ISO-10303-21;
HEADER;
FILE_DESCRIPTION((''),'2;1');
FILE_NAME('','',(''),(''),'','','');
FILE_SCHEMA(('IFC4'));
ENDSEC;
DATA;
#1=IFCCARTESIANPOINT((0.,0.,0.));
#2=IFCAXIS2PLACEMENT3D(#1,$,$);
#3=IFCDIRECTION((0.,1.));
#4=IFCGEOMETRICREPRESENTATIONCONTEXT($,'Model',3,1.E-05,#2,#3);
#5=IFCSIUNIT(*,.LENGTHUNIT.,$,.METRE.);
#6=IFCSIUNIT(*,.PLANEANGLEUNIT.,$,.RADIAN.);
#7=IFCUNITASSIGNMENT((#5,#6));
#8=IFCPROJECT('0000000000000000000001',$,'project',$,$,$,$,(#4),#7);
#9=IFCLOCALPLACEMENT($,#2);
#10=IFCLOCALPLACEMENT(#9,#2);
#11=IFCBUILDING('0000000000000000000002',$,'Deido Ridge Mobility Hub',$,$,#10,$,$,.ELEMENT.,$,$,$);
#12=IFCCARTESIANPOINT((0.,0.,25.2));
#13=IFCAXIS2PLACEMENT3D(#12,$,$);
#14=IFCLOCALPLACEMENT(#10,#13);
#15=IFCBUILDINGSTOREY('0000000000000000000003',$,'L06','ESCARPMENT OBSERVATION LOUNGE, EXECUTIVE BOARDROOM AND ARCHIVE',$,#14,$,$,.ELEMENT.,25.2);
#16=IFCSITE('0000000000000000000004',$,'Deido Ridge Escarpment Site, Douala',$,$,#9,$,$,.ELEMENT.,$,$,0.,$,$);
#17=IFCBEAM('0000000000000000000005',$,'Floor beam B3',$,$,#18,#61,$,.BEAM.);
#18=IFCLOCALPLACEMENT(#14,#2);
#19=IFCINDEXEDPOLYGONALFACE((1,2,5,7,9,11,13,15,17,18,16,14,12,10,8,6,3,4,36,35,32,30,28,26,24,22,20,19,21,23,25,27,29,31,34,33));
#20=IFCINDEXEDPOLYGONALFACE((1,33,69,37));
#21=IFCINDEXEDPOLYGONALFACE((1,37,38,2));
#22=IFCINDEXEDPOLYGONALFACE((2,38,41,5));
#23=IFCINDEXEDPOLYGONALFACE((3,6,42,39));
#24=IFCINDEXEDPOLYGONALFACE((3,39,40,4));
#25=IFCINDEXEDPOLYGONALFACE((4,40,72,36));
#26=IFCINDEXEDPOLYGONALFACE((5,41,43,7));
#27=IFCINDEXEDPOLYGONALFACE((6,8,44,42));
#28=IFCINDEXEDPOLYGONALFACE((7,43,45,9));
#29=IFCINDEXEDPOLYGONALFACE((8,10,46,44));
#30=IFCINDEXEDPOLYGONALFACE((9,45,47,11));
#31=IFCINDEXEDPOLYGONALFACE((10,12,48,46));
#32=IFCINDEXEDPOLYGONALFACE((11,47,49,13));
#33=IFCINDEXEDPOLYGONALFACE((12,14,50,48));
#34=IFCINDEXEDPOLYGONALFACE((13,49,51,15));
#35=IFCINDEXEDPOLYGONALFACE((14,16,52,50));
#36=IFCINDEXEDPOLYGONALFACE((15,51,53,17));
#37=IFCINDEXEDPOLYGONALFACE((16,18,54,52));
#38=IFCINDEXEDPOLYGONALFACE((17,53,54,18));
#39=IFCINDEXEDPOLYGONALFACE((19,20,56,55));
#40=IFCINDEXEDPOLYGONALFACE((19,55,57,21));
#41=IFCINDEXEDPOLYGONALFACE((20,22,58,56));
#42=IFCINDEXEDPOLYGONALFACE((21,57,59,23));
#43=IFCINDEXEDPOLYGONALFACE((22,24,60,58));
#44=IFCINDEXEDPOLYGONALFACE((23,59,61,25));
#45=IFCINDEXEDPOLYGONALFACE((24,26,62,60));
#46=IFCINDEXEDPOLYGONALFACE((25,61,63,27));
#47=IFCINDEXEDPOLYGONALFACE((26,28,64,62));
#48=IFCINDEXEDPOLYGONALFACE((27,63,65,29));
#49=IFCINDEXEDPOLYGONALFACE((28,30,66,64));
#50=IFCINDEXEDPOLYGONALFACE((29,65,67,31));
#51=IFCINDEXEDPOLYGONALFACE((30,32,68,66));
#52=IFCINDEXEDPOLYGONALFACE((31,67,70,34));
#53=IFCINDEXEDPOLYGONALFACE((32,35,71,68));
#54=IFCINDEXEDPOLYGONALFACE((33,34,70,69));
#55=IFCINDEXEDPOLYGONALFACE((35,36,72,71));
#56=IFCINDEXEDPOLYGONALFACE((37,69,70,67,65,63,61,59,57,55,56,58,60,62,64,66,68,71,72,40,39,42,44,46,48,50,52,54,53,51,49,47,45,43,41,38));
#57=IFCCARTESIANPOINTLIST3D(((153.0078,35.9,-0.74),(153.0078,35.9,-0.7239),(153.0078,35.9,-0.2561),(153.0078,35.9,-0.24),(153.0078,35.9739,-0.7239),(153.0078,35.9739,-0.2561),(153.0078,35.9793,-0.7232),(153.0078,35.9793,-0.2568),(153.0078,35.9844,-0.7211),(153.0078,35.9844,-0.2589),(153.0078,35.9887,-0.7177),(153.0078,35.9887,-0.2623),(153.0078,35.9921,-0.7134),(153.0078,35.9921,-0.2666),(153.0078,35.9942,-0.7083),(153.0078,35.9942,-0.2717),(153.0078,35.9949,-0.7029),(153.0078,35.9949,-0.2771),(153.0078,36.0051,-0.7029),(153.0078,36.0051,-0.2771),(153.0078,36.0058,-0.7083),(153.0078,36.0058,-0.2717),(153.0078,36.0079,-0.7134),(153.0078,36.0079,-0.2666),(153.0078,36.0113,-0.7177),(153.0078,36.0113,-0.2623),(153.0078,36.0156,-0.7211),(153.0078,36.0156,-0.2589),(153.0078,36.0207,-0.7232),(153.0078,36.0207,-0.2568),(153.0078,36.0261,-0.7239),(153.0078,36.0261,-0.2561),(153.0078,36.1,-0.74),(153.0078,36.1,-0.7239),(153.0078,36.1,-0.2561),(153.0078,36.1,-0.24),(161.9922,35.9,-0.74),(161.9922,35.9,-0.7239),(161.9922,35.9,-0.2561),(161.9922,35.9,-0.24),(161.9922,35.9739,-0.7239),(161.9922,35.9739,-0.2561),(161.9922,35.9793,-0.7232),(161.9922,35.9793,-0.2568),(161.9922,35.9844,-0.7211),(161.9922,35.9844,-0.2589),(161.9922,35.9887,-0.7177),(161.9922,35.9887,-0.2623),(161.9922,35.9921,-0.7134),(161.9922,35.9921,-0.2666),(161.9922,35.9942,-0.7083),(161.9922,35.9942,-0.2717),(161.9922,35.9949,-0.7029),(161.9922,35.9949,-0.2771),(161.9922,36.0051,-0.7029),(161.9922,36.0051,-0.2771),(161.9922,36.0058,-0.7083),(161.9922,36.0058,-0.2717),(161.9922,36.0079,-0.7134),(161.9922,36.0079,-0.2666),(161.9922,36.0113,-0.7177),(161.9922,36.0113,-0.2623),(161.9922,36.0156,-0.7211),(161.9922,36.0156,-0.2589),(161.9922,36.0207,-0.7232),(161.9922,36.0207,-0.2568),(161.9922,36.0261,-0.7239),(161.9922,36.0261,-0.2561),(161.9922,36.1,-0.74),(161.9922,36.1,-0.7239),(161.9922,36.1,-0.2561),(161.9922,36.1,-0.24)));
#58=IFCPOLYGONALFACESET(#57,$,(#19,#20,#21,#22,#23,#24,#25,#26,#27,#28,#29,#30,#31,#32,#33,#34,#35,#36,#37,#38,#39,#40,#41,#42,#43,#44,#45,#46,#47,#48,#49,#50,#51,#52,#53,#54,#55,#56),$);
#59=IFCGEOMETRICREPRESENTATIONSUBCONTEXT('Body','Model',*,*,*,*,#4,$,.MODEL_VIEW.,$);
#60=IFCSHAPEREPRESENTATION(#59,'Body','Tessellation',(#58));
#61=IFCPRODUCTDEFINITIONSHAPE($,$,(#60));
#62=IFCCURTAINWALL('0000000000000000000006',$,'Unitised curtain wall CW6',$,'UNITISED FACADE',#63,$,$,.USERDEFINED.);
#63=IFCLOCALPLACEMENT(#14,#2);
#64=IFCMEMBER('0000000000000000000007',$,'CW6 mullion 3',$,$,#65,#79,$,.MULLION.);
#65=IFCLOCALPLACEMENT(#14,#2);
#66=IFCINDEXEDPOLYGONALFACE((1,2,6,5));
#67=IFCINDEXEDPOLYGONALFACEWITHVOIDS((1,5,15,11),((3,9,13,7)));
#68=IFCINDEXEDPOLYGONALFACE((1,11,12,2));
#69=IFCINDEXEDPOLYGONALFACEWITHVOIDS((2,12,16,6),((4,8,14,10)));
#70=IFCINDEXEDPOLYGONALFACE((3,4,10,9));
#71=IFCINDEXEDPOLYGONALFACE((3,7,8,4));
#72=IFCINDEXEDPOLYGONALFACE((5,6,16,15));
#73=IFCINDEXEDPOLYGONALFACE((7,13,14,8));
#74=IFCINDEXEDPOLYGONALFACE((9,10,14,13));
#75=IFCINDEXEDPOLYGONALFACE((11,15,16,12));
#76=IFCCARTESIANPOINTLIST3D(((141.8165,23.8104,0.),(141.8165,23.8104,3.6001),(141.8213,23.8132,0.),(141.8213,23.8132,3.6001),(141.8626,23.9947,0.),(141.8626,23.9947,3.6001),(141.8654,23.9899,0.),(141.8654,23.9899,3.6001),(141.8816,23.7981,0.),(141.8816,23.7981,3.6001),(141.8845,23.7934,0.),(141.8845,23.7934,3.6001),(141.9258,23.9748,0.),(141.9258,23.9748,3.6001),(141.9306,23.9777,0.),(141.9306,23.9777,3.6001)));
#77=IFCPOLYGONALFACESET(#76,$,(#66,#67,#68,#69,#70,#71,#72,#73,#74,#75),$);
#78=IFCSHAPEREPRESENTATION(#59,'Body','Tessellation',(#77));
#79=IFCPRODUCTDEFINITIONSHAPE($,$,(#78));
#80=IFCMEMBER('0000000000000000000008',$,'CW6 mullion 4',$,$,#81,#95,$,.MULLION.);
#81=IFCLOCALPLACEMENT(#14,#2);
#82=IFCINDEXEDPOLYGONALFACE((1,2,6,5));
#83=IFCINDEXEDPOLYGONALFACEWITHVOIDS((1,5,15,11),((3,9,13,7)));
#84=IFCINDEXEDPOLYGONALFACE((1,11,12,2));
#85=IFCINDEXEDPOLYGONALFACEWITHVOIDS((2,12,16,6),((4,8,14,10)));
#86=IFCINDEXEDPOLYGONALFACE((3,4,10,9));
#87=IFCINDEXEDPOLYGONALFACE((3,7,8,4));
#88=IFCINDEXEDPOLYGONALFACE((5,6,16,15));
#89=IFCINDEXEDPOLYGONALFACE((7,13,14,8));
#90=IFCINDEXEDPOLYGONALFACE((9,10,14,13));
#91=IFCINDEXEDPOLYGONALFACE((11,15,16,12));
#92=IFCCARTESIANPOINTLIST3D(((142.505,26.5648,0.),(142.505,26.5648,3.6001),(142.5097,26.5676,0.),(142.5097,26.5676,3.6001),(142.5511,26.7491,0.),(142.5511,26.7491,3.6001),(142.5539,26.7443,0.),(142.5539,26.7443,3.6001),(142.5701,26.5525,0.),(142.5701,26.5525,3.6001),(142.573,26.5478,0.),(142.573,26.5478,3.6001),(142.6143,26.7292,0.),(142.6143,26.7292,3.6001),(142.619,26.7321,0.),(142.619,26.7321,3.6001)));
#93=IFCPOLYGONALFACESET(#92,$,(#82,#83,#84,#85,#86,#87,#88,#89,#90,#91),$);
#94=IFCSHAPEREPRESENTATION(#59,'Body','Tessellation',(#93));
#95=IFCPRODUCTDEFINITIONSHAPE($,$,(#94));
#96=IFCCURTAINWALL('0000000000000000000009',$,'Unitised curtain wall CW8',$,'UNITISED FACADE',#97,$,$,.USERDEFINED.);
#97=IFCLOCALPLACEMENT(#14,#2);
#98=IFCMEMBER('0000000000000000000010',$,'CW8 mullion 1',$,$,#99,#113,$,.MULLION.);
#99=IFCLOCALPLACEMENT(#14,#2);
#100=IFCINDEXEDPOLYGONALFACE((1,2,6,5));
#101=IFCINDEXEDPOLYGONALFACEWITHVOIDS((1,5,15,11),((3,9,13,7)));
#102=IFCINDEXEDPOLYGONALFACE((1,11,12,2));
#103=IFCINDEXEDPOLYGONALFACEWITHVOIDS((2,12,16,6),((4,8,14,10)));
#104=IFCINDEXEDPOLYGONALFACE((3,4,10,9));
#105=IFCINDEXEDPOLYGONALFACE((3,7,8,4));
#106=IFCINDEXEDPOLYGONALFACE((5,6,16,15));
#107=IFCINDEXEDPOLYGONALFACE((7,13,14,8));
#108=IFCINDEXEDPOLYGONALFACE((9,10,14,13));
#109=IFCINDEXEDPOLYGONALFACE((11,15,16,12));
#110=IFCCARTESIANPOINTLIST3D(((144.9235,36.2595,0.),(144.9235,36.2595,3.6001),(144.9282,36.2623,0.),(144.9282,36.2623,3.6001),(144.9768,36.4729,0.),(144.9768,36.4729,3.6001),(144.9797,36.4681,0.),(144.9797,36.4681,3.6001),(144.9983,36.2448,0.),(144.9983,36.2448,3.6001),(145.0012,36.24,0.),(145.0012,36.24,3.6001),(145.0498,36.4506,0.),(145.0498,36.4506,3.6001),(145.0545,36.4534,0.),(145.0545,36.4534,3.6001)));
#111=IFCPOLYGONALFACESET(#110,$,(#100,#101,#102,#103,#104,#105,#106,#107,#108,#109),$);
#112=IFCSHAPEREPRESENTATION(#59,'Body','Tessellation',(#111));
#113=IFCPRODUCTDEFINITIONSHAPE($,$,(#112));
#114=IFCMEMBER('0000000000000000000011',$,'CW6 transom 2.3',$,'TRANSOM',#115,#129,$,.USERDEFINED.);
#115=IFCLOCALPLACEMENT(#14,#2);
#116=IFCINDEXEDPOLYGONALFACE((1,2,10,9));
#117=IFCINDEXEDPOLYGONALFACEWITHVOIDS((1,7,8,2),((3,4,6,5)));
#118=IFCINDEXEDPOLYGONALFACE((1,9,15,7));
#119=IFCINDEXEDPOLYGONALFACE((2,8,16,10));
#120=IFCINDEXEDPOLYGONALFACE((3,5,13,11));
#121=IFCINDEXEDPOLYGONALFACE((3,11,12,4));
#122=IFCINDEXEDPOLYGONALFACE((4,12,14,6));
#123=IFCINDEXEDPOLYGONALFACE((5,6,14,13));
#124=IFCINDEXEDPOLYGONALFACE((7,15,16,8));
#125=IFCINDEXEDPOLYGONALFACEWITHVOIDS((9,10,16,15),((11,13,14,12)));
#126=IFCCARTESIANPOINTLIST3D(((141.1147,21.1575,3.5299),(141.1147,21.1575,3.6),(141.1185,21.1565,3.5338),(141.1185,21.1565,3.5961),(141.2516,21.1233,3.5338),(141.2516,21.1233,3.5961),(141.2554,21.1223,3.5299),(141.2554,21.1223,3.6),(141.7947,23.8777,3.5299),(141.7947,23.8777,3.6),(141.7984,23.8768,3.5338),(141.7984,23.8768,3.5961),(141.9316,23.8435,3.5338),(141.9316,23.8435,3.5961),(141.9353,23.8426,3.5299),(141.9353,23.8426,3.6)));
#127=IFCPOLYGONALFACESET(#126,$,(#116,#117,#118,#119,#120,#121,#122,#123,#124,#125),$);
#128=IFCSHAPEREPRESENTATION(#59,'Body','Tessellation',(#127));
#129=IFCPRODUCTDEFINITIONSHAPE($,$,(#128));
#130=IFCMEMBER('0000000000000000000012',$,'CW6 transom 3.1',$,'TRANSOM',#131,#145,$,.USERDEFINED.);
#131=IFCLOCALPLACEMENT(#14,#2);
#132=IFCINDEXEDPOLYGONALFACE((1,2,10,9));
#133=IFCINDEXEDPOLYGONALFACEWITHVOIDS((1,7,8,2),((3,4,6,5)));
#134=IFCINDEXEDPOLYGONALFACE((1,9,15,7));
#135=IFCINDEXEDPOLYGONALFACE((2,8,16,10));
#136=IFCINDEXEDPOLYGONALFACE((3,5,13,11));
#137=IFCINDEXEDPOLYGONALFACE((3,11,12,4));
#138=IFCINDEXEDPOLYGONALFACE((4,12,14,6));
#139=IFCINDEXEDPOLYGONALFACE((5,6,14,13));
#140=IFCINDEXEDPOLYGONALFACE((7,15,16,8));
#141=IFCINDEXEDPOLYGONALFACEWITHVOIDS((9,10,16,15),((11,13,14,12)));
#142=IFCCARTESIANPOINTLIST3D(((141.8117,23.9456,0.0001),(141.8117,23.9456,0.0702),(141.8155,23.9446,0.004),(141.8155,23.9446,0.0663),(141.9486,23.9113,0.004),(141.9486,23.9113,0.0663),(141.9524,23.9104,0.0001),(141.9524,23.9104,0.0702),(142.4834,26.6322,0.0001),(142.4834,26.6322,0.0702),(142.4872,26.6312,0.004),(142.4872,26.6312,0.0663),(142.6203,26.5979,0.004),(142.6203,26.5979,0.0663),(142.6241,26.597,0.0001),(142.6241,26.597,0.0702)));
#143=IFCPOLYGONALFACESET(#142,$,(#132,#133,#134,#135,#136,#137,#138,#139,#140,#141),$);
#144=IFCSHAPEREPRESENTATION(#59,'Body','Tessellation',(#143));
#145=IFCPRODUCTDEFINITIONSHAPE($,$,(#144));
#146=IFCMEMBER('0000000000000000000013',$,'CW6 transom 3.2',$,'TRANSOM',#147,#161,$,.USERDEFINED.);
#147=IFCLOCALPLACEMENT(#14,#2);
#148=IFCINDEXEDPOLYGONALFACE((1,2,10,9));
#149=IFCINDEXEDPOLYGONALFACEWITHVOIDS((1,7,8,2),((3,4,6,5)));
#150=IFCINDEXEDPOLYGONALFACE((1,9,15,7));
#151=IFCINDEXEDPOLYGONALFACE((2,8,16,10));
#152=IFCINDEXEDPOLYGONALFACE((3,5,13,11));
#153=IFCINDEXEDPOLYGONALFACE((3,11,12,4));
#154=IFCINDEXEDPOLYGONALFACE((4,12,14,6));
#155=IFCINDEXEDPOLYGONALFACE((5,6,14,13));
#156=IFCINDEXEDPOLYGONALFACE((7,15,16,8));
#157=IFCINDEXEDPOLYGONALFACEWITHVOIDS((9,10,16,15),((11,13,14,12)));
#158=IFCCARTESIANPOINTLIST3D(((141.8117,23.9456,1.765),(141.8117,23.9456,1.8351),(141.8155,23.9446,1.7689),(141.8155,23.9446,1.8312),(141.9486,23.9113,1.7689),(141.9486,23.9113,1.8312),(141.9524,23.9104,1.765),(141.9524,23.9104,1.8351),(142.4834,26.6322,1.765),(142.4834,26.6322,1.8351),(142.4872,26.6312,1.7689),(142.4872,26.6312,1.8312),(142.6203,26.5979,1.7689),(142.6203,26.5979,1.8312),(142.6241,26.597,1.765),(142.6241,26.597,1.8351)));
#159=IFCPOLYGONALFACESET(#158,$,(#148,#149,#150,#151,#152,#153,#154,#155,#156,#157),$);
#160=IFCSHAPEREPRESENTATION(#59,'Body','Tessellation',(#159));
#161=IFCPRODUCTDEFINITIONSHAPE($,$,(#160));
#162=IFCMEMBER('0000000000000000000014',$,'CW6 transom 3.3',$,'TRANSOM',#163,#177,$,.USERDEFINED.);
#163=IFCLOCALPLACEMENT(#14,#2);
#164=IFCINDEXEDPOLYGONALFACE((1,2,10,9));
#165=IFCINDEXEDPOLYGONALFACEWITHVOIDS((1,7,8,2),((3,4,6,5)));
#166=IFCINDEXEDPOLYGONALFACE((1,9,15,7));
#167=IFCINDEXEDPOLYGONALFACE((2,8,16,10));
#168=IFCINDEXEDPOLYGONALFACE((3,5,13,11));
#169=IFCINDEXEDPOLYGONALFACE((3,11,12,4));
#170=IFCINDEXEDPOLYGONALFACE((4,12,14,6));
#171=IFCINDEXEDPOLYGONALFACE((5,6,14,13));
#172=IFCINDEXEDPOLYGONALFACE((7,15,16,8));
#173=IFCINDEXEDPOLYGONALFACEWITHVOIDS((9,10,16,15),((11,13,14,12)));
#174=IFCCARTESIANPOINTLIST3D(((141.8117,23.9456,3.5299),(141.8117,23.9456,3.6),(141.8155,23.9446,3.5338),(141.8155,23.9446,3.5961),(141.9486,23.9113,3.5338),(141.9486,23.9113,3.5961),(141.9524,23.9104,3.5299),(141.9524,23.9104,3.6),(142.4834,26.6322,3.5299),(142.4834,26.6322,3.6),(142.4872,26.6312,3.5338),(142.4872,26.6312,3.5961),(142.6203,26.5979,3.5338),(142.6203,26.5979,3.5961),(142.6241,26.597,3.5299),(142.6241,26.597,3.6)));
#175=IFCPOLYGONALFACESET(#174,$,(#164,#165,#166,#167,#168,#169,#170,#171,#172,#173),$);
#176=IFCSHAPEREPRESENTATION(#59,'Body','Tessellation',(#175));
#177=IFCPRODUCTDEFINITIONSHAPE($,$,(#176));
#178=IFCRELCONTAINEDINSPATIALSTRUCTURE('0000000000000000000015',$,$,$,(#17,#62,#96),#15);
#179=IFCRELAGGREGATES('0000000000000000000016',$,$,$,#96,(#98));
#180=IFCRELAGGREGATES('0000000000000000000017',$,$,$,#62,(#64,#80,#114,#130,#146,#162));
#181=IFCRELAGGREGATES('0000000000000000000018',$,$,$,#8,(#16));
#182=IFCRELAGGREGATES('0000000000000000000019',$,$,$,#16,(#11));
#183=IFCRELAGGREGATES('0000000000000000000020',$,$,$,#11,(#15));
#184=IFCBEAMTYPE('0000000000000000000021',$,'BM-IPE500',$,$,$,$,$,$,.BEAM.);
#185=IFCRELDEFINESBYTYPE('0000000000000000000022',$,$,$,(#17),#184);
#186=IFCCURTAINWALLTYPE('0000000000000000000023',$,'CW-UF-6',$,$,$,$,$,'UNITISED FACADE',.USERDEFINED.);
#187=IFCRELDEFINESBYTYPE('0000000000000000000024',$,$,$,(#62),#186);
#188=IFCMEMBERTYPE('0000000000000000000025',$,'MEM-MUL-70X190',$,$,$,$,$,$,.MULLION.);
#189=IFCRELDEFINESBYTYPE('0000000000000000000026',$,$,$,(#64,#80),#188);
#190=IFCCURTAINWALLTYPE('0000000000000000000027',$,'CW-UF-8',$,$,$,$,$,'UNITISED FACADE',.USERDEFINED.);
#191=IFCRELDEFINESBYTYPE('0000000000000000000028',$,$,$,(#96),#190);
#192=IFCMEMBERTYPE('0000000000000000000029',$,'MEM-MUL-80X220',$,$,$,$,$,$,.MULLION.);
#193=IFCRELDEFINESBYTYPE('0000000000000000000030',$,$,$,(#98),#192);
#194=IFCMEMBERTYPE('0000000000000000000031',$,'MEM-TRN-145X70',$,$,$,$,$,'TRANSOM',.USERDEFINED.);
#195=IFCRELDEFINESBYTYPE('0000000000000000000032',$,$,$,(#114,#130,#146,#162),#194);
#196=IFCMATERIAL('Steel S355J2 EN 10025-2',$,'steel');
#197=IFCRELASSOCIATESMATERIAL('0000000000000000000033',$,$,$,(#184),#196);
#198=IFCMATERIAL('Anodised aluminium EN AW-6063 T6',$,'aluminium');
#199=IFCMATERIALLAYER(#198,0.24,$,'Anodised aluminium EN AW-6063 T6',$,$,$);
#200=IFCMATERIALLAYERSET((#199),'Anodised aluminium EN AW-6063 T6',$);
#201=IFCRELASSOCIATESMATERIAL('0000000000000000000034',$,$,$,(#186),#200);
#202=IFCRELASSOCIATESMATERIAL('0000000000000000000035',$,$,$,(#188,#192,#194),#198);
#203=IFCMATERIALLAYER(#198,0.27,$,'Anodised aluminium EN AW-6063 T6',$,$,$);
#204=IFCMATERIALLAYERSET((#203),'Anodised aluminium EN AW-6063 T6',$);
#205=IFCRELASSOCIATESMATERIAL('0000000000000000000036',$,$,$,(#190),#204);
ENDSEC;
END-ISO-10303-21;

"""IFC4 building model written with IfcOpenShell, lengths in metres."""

from ifc_helpers import new_model, si_unit, direction, frame, origin, origin_2d, place, context, subcontext, project, spatial, hollow_rectangle, i_section, extrude, material, layer, layer_set, material_profile, profile_set, type_object, element, aggregate, save


model = new_model("IFC4")

# Units and contexts
model_context = context("Model", 3, precision=1e-05, world=origin(), true_north=direction((0.0, 1.0)))
body_context = subcontext(model_context, "Body", "Model", "MODEL_VIEW")
ifc_project = project(units=[si_unit("LENGTHUNIT", "METRE"), si_unit("PLANEANGLEUNIT", "RADIAN")], contexts=[model_context])

# Site, building, storey
site_placement = place(None, origin())
site = spatial("IfcSite", under=ifc_project, at=site_placement, Name="Deido Ridge Escarpment Site, Douala", CompositionType="ELEMENT", RefElevation=0.0)
building_placement = place(site_placement, origin())
building = spatial("IfcBuilding", under=site, at=building_placement, Name="Deido Ridge Mobility Hub", CompositionType="ELEMENT")
storey_placement = place(building_placement, frame((0.0, 0.0, 25.2)))
storey = spatial("IfcBuildingStorey", under=building, at=storey_placement, Name="L06", Description="ESCARPMENT OBSERVATION LOUNGE, EXECUTIVE BOARDROOM AND ARCHIVE", CompositionType="ELEMENT", Elevation=25.2)

# Shared definitions
ifc_material_1 = material(Name="Steel S355J2 EN 10025-2", Category="steel")

# Beam
ifc_material_profile_1 = material_profile(ifc_material_1, i_section(OverallWidth=0.2, OverallDepth=0.5, WebThickness=0.0103, FlangeThickness=0.0161, FilletRadius=0.021, at=origin_2d()), Name="IPE 500")
ifc_profile_set_1 = profile_set([ifc_material_profile_1], Name="Steel S355J2 EN 10025-2")
beam_type_1 = type_object("IfcBeamType", Name="BM-IPE500", PredefinedType="BEAM", material=ifc_profile_set_1)
beam_1_placement = place(storey_placement, frame((153.0078, 36.0, -0.49), z_axis=(1.0, 0.0, 0.0), x_axis=(0.0, 1.0, 0.0)))
element("IfcBeam", 1, at=beam_1_placement, inside=storey, type_object=beam_type_1, Name="Floor beam B3", PredefinedType="BEAM", context=body_context, shape_type="SweptSolid", body=[
    extrude(i_section(OverallWidth=0.2, OverallDepth=0.5, WebThickness=0.0103, FlangeThickness=0.0161, FilletRadius=0.021, at=origin_2d()), origin(), (0.0, 0.0, 1.0), 8.9844),
])

# Curtain wall, members
ifc_material_2 = material(Name="Anodised aluminium EN AW-6063 T6", Category="aluminium")
ifc_layer_1 = layer(ifc_material_2, 0.24, Name="Anodised aluminium EN AW-6063 T6")
ifc_layer_set_1 = layer_set([ifc_layer_1], Name="Anodised aluminium EN AW-6063 T6")
curtain_wall_type_1 = type_object("IfcCurtainWallType", Name="CW-UF-6", ElementType="UNITISED FACADE", PredefinedType="USERDEFINED", material=ifc_layer_set_1)
curtain_wall_1_placement = place(storey_placement, origin())
curtain_wall_1 = element("IfcCurtainWall", 2, at=curtain_wall_1_placement, inside=storey, type_object=curtain_wall_type_1, Name="Unitised curtain wall CW6", ObjectType="UNITISED FACADE", PredefinedType="USERDEFINED")
ifc_material_profile_2 = material_profile(ifc_material_2, hollow_rectangle(XDim=0.0701, YDim=0.1899, WallThickness=0.0039, at=origin_2d()), Name="RHS 70x190x4")
ifc_profile_set_2 = profile_set([ifc_material_profile_2], Name="Anodised aluminium EN AW-6063 T6")
member_type_1 = type_object("IfcMemberType", Name="MEM-MUL-70X190", PredefinedType="MULLION", material=ifc_profile_set_2)
member_1_placement = place(storey_placement, frame((141.8735, 23.894, 0.0), z_axis=(0.0, 0.0, 1.0), x_axis=(-0.970143, 0.242536, 0.0)))
member_1 = element("IfcMember", 3, at=member_1_placement, type_object=member_type_1, Name="CW6 mullion 3", PredefinedType="MULLION", context=body_context, shape_type="SweptSolid", body=[
    extrude(hollow_rectangle(XDim=0.0701, YDim=0.1899, WallThickness=0.0039, at=origin_2d()), origin(), (0.0, 0.0, 1.0), 3.6001),
])
member_2_placement = place(storey_placement, frame((142.562, 26.6484, 0.0), z_axis=(0.0, 0.0, 1.0), x_axis=(-0.970143, 0.242536, 0.0)))
member_2 = element("IfcMember", 4, at=member_2_placement, type_object=member_type_1, Name="CW6 mullion 4", PredefinedType="MULLION", context=body_context, shape_type="SweptSolid", body=[
    extrude(hollow_rectangle(XDim=0.0701, YDim=0.1899, WallThickness=0.0039, at=origin_2d()), origin(), (0.0, 0.0, 1.0), 3.6001),
])

# Curtain wall, member
ifc_layer_2 = layer(ifc_material_2, 0.27, Name="Anodised aluminium EN AW-6063 T6")
ifc_layer_set_2 = layer_set([ifc_layer_2], Name="Anodised aluminium EN AW-6063 T6")
curtain_wall_type_2 = type_object("IfcCurtainWallType", Name="CW-UF-8", ElementType="UNITISED FACADE", PredefinedType="USERDEFINED", material=ifc_layer_set_2)
curtain_wall_2_placement = place(storey_placement, origin())
curtain_wall_2 = element("IfcCurtainWall", 5, at=curtain_wall_2_placement, inside=storey, type_object=curtain_wall_type_2, Name="Unitised curtain wall CW8", ObjectType="UNITISED FACADE", PredefinedType="USERDEFINED")
ifc_material_profile_3 = material_profile(ifc_material_2, hollow_rectangle(XDim=0.0801, YDim=0.22, WallThickness=0.0039, at=origin_2d()), Name="RHS 80x220x4")
ifc_profile_set_3 = profile_set([ifc_material_profile_3], Name="Anodised aluminium EN AW-6063 T6")
member_type_2 = type_object("IfcMemberType", Name="MEM-MUL-80X220", PredefinedType="MULLION", material=ifc_profile_set_3)
member_3_placement = place(storey_placement, frame((144.989, 36.3564, 0.0), z_axis=(0.0, 0.0, 1.0), x_axis=(-0.970143, 0.242536, 0.0)))
member_3 = element("IfcMember", 6, at=member_3_placement, type_object=member_type_2, Name="CW8 mullion 1", PredefinedType="MULLION", context=body_context, shape_type="SweptSolid", body=[
    extrude(hollow_rectangle(XDim=0.0801, YDim=0.22, WallThickness=0.0039, at=origin_2d()), origin(), (0.0, 0.0, 1.0), 3.6001),
])

# Members
ifc_material_profile_4 = material_profile(ifc_material_2, hollow_rectangle(XDim=0.145, YDim=0.0701, WallThickness=0.0039, at=origin_2d()), Name="RHS 145x70x4")
ifc_profile_set_4 = profile_set([ifc_material_profile_4], Name="Anodised aluminium EN AW-6063 T6")
member_type_3 = type_object("IfcMemberType", Name="MEM-TRN-145X70", ElementType="TRANSOM", PredefinedType="USERDEFINED", material=ifc_profile_set_4)
member_4_placement = place(storey_placement, frame((141.1851, 21.1399, 3.5649), z_axis=(0.242495, 0.970153, 0.0), x_axis=(-0.970153, 0.242495, 0.0)))
member_4 = element("IfcMember", 7, at=member_4_placement, type_object=member_type_3, Name="CW6 transom 2.3", ObjectType="TRANSOM", PredefinedType="USERDEFINED", context=body_context, shape_type="SweptSolid", body=[
    extrude(hollow_rectangle(XDim=0.145, YDim=0.0701, WallThickness=0.0039, at=origin_2d()), origin(), (0.0, 0.0, 1.0), 2.804),
])
member_5_placement = place(storey_placement, frame((141.8821, 23.928, 0.0352), z_axis=(0.242536, 0.970143, 0.0), x_axis=(-0.970143, 0.242536, 0.0)))
member_5 = element("IfcMember", 8, at=member_5_placement, type_object=member_type_3, Name="CW6 transom 3.1", ObjectType="TRANSOM", PredefinedType="USERDEFINED", context=body_context, shape_type="SweptSolid", body=[
    extrude(hollow_rectangle(XDim=0.145, YDim=0.0701, WallThickness=0.0039, at=origin_2d()), origin(), (0.0, 0.0, 1.0), 2.7693),
])
member_6_placement = place(storey_placement, frame((141.8821, 23.928, 1.8), z_axis=(0.242536, 0.970143, 0.0), x_axis=(-0.970143, 0.242536, 0.0)))
member_6 = element("IfcMember", 9, at=member_6_placement, type_object=member_type_3, Name="CW6 transom 3.2", ObjectType="TRANSOM", PredefinedType="USERDEFINED", context=body_context, shape_type="SweptSolid", body=[
    extrude(hollow_rectangle(XDim=0.145, YDim=0.0701, WallThickness=0.0039, at=origin_2d()), origin(), (0.0, 0.0, 1.0), 2.7693),
])
member_7_placement = place(storey_placement, frame((141.8821, 23.928, 3.5649), z_axis=(0.242536, 0.970143, 0.0), x_axis=(-0.970143, 0.242536, 0.0)))
member_7 = element("IfcMember", 10, at=member_7_placement, type_object=member_type_3, Name="CW6 transom 3.3", ObjectType="TRANSOM", PredefinedType="USERDEFINED", context=body_context, shape_type="SweptSolid", body=[
    extrude(hollow_rectangle(XDim=0.145, YDim=0.0701, WallThickness=0.0039, at=origin_2d()), origin(), (0.0, 0.0, 1.0), 2.7693),
])
aggregate(curtain_wall_2, [member_3])

aggregate(curtain_wall_1, [member_1, member_2, member_4, member_5, member_6, member_7])

save(model, "model.ifc")
